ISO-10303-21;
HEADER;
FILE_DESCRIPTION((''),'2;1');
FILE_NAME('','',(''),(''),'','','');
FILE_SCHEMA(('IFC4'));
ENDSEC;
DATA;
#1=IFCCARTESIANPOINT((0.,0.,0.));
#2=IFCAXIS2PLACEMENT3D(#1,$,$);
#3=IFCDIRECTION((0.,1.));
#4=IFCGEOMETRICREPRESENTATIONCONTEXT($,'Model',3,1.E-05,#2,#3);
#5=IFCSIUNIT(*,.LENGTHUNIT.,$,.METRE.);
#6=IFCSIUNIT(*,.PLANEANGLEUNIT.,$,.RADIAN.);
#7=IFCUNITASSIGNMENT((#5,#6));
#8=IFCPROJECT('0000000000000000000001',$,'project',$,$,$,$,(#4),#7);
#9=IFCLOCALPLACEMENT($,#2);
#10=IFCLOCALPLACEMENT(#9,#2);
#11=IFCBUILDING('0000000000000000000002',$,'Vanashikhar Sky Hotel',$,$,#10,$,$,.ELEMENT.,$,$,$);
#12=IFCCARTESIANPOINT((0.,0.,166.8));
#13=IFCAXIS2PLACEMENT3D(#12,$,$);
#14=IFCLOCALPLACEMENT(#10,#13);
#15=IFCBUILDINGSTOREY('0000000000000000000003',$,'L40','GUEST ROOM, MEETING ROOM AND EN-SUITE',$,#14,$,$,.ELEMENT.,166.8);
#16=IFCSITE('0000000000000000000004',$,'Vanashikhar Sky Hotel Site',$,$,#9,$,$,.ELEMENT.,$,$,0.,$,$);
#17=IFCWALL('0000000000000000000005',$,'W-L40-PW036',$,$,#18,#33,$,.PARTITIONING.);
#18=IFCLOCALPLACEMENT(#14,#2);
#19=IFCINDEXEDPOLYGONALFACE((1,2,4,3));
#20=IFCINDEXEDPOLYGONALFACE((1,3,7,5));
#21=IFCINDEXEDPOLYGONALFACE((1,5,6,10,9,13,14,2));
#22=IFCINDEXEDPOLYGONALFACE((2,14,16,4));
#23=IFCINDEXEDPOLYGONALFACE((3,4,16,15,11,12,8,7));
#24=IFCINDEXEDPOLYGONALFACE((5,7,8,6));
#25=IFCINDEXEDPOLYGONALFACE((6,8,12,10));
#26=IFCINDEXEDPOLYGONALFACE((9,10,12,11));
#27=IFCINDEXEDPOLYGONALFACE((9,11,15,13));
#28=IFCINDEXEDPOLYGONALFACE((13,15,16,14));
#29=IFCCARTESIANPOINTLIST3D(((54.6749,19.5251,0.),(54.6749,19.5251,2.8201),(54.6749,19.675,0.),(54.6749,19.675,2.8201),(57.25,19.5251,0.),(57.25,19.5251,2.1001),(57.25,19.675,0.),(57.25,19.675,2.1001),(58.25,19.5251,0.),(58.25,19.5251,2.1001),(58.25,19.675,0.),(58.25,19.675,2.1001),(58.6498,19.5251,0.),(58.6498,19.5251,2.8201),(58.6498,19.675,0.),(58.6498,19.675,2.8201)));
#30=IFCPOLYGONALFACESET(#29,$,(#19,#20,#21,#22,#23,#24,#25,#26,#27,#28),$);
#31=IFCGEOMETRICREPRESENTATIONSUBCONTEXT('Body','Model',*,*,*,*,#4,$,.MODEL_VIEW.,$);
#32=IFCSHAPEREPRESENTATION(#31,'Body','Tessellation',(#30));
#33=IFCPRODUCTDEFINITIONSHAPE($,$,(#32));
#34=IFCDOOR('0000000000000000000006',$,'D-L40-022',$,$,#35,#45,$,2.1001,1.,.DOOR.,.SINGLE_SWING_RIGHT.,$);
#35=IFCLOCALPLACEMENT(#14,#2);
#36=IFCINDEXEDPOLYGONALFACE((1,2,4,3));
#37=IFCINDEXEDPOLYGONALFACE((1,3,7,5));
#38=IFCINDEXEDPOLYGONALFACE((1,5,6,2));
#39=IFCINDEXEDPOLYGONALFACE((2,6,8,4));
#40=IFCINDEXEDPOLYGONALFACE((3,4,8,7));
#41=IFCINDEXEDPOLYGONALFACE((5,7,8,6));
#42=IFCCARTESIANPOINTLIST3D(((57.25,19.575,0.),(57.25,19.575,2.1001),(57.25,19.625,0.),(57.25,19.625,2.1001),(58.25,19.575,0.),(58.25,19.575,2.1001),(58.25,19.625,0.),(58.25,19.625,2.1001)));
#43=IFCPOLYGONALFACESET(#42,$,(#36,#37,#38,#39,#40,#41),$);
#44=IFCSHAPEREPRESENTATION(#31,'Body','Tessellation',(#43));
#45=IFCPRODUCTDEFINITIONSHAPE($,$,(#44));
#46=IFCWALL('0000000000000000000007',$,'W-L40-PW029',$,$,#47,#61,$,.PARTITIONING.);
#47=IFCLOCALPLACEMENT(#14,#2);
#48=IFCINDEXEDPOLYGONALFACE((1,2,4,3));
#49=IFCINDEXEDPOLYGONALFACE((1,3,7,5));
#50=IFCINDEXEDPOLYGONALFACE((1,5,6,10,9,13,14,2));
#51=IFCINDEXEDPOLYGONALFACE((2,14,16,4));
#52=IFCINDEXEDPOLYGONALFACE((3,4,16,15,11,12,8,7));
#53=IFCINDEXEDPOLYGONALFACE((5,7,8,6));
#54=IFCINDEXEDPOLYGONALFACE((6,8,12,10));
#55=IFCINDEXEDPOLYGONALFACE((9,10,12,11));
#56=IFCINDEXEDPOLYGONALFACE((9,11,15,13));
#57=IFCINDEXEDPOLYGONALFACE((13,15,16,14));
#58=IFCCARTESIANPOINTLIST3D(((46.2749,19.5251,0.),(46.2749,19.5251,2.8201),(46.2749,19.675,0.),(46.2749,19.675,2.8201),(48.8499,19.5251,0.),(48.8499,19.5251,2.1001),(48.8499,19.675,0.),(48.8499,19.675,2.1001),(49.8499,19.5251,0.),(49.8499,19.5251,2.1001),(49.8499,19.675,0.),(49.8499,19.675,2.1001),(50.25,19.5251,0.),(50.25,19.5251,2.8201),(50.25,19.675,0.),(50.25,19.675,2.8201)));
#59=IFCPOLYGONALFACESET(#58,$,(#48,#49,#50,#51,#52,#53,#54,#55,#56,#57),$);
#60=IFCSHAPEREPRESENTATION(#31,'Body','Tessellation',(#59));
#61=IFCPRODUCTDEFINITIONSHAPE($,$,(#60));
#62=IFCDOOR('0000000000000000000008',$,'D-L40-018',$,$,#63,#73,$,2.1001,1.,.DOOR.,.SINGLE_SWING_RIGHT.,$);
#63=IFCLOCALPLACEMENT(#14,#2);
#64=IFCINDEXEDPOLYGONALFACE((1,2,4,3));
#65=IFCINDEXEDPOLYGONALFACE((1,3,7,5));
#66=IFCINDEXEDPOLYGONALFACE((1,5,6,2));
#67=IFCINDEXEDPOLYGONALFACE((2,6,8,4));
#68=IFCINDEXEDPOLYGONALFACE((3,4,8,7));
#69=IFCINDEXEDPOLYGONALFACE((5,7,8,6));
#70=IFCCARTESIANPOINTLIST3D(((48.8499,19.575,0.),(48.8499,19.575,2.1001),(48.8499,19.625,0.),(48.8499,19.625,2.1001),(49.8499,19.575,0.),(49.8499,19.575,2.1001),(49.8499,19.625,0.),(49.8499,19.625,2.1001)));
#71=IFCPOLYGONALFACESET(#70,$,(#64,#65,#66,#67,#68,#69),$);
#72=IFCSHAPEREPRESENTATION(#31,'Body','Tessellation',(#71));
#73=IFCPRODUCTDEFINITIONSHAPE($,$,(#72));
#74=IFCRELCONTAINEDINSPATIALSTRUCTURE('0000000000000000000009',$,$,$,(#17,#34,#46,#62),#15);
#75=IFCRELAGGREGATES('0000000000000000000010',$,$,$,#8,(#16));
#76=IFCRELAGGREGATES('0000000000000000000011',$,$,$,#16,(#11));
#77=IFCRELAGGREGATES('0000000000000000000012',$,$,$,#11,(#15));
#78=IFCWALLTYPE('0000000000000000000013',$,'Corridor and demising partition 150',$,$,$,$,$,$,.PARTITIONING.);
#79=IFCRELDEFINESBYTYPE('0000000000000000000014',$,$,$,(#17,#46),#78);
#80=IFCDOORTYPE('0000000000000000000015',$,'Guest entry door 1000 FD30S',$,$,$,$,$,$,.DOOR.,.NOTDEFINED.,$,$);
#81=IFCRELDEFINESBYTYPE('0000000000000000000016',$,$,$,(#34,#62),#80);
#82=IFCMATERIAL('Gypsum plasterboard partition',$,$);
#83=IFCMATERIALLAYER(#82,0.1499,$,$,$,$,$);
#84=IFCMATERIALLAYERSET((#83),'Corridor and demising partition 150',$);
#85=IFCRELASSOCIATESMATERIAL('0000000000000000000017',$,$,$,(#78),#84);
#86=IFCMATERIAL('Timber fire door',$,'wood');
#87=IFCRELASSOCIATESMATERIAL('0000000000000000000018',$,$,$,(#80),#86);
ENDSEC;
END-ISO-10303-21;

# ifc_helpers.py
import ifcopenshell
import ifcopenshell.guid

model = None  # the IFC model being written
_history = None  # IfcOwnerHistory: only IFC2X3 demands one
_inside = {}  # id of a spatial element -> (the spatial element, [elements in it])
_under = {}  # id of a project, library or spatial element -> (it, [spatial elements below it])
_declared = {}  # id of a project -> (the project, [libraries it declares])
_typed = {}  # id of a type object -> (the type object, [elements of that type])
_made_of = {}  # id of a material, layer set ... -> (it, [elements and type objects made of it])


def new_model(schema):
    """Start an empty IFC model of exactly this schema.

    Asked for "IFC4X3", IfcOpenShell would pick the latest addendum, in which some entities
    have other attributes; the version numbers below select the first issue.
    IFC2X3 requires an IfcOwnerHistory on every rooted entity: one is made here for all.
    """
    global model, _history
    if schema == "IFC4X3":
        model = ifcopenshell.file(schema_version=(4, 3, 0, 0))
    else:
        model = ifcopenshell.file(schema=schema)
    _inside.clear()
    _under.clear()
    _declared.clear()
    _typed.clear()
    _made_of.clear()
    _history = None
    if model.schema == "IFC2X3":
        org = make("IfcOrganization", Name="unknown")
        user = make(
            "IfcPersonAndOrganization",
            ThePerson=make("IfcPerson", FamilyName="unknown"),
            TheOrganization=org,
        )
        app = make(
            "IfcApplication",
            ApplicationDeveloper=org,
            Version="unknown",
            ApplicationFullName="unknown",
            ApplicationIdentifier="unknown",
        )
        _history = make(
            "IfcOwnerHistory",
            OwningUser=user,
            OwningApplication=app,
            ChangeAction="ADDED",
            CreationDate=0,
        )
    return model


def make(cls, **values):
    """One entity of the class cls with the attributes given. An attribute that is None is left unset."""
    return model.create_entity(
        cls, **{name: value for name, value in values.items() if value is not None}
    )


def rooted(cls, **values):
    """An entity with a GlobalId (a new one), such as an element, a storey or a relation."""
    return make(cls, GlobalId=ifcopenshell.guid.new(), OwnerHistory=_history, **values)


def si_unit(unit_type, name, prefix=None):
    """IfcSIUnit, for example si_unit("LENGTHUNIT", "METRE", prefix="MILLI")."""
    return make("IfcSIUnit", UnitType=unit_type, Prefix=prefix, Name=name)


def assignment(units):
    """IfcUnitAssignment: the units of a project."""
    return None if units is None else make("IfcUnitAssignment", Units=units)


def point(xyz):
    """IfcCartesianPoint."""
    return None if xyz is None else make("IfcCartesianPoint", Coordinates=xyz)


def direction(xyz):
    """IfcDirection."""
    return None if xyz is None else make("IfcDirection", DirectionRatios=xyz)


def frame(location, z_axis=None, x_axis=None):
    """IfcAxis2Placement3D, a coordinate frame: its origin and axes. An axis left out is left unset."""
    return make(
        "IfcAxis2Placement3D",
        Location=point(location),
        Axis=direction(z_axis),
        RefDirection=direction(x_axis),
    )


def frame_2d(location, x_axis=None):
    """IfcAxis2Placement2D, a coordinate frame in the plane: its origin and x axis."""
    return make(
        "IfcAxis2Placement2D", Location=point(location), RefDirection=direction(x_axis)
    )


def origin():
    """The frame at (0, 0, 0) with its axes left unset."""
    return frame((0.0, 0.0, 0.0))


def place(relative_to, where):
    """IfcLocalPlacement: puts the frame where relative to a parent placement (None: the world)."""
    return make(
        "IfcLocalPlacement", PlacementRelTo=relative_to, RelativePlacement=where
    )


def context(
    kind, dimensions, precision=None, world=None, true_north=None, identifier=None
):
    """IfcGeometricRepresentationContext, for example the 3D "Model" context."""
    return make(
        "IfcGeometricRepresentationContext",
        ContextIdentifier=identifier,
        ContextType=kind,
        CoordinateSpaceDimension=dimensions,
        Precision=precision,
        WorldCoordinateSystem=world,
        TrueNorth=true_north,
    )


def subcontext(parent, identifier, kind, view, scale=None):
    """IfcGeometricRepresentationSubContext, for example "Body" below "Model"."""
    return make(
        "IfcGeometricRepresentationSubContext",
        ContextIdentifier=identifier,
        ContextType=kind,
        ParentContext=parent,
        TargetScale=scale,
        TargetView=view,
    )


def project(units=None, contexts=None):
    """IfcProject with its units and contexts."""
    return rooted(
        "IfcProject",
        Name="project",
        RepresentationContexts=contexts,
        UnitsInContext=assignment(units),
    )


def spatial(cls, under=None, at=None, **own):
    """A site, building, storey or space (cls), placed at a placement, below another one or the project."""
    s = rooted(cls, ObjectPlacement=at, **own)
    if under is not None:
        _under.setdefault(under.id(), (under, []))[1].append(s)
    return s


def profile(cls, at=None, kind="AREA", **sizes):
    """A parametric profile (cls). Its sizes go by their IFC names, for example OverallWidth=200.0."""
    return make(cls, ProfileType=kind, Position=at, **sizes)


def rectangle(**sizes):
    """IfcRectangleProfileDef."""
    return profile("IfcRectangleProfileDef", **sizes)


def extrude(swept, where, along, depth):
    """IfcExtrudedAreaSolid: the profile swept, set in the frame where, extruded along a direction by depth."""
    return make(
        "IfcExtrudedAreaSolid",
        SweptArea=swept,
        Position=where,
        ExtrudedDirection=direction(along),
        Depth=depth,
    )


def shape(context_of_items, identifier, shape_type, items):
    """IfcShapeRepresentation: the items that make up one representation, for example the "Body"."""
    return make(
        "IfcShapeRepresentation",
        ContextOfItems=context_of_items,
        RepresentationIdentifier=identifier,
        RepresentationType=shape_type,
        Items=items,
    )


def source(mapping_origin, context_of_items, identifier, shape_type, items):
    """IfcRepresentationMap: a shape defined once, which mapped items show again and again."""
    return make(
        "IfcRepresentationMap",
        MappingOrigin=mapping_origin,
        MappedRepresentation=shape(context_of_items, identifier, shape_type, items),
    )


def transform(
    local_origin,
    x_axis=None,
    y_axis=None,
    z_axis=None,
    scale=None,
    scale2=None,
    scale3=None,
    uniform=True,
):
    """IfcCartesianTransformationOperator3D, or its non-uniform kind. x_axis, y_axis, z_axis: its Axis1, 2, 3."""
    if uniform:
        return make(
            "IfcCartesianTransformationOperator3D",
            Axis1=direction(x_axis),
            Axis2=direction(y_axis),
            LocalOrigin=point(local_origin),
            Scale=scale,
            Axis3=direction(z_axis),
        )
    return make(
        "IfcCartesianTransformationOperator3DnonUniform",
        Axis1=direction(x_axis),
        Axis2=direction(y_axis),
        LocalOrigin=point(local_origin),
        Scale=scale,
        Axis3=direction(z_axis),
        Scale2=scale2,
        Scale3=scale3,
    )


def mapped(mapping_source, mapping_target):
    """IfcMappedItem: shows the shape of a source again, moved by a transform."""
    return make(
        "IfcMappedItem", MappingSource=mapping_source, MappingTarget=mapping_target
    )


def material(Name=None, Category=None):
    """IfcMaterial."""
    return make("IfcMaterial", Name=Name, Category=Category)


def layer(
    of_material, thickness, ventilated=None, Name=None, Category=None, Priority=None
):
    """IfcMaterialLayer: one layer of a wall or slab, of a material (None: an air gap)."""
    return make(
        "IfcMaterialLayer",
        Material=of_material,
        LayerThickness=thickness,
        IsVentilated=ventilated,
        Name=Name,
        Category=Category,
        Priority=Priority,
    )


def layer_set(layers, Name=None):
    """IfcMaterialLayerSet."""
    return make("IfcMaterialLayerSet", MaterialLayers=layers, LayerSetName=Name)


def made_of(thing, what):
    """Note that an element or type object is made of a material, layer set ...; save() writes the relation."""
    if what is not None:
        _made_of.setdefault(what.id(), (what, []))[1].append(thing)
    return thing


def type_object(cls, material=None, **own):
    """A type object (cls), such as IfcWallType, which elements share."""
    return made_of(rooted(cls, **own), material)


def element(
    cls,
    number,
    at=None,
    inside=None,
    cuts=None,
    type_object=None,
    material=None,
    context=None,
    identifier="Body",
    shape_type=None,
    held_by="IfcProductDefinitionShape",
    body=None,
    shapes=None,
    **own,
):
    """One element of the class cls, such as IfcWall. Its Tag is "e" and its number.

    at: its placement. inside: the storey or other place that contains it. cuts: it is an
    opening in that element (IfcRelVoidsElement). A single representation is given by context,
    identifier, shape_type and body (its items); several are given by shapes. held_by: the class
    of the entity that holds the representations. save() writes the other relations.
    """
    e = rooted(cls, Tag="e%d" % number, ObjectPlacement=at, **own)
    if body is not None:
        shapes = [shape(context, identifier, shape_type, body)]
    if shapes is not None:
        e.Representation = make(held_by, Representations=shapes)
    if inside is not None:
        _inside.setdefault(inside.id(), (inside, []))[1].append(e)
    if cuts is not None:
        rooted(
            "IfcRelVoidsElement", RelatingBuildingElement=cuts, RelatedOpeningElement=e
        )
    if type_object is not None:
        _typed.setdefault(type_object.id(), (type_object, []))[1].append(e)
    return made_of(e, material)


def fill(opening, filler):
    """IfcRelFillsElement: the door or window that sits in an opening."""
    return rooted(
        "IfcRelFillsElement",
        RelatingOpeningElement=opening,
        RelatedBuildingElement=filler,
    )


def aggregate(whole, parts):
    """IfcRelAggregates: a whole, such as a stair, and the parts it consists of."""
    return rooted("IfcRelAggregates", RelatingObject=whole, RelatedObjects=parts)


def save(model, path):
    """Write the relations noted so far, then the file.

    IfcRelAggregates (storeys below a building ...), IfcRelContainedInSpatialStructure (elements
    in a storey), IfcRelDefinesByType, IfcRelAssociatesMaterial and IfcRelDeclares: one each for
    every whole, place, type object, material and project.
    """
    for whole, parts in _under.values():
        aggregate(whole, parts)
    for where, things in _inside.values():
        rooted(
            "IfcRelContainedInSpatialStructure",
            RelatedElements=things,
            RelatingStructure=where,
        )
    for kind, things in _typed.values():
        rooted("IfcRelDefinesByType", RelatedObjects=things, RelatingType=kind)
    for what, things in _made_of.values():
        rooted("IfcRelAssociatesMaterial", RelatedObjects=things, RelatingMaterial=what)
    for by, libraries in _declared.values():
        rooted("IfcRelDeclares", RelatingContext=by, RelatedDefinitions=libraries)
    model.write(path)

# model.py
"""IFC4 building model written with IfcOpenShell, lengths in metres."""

from ifc_helpers import new_model, si_unit, direction, frame, frame_2d, origin, place, context, subcontext, project, spatial, rectangle, extrude, source, transform, mapped, material, layer, layer_set, type_object, element, fill, save


model = new_model("IFC4")

# Units and contexts
model_context = context("Model", 3, precision=1e-05, world=origin(), true_north=direction((0.0, 1.0)))
body_context = subcontext(model_context, "Body", "Model", "MODEL_VIEW")
ifc_project = project(units=[si_unit("LENGTHUNIT", "METRE"), si_unit("PLANEANGLEUNIT", "RADIAN")], contexts=[model_context])

# Site, building, storey
site_placement = place(None, origin())
site = spatial("IfcSite", under=ifc_project, at=site_placement, Name="Vanashikhar Sky Hotel Site", CompositionType="ELEMENT", RefElevation=0.0)
building_placement = place(site_placement, origin())
building = spatial("IfcBuilding", under=site, at=building_placement, Name="Vanashikhar Sky Hotel", CompositionType="ELEMENT")
storey_placement = place(building_placement, frame((0.0, 0.0, 166.8)))
storey = spatial("IfcBuildingStorey", under=building, at=storey_placement, Name="L40", Description="GUEST ROOM, MEETING ROOM AND EN-SUITE", CompositionType="ELEMENT", Elevation=166.8)

# Shared definitions
shared_shape_1 = source(origin(), body_context, "Body", "SweptSolid", [
    extrude(rectangle(XDim=1.0, YDim=2.1001, at=frame_2d((0.5, 1.05))), frame((0.0, 0.0249, 0.0), z_axis=(0.0, -1.0, 0.0), x_axis=(1.0, 0.0, 0.0)), (0.0, 0.0, 1.0), 0.05),
])

# Walls, openings, doors
ifc_material_1 = material(Name="Gypsum plasterboard partition")
ifc_layer_1 = layer(ifc_material_1, 0.1499)
ifc_layer_set_1 = layer_set([ifc_layer_1], Name="Corridor and demising partition 150")
wall_type_1 = type_object("IfcWallType", Name="Corridor and demising partition 150", PredefinedType="PARTITIONING", material=ifc_layer_set_1)
shared_shape_2 = source(origin(), body_context, "Body", "SweptSolid", [
    extrude(rectangle(XDim=3.9749, YDim=0.1499, at=frame_2d((1.9873, 0.0))), origin(), (0.0, 0.0, 1.0), 2.8201),
])
shared_shape_3 = source(origin(), body_context, "Body", "SweptSolid", [
    extrude(rectangle(XDim=1.0, YDim=2.1001, at=frame_2d((0.5, 1.05))), frame((0.0, 0.085, 0.0), z_axis=(0.0, -1.0, 0.0), x_axis=(1.0, 0.0, 0.0)), (0.0, 0.0, 1.0), 0.1699),
])
ifc_material_2 = material(Name="Timber fire door", Category="wood")
door_type_1 = type_object("IfcDoorType", Name="Guest entry door 1000 FD30S", OperationType="NOTDEFINED", PredefinedType="DOOR", material=ifc_material_2)
wall_1_placement = place(storey_placement, frame((54.675, 19.6001, 0.0), z_axis=(0.0, 0.0, 1.0), x_axis=(1.0, 0.0, 0.0)))
wall_1 = element("IfcWall", 1, at=wall_1_placement, inside=storey, type_object=wall_type_1, Name="W-L40-PW036", PredefinedType="PARTITIONING", context=body_context, shape_type="MappedRepresentation", body=[
    mapped(shared_shape_2, transform((0.0, 0.0, 0.0), scale=1.0)),
])
opening_1_placement = place(wall_1_placement, frame((2.575, 0.0, 0.0)))
opening_1 = element("IfcOpeningElement", 2, at=opening_1_placement, cuts=wall_1, PredefinedType="OPENING", context=body_context, shape_type="MappedRepresentation", body=[
    mapped(shared_shape_3, transform((0.0, 0.0, 0.0), scale=1.0)),
])
door_1_placement = place(opening_1_placement, origin())
door_1 = element("IfcDoor", 3, at=door_1_placement, inside=storey, type_object=door_type_1, Name="D-L40-022", OperationType="SINGLE_SWING_RIGHT", OverallHeight=2.1001, OverallWidth=1.0, PredefinedType="DOOR", context=body_context, shape_type="MappedRepresentation", body=[
    mapped(shared_shape_1, transform((0.0, 0.0, 0.0), scale=1.0)),
])
fill(opening_1, door_1)
shared_shape_4 = source(origin(), body_context, "Body", "SweptSolid", [
    extrude(rectangle(XDim=3.9751, YDim=0.1499, at=frame_2d((1.9875, 0.0))), origin(), (0.0, 0.0, 1.0), 2.8201),
])
wall_2_placement = place(storey_placement, frame((46.2749, 19.6001, 0.0), z_axis=(0.0, 0.0, 1.0), x_axis=(1.0, 0.0, 0.0)))
wall_2 = element("IfcWall", 4, at=wall_2_placement, inside=storey, type_object=wall_type_1, Name="W-L40-PW029", PredefinedType="PARTITIONING", context=body_context, shape_type="MappedRepresentation", body=[
    mapped(shared_shape_4, transform((0.0, 0.0, 0.0), scale=1.0)),
])
opening_2_placement = place(wall_2_placement, frame((2.575, 0.0, 0.0)))
opening_2 = element("IfcOpeningElement", 5, at=opening_2_placement, cuts=wall_2, PredefinedType="OPENING", context=body_context, shape_type="MappedRepresentation", body=[
    mapped(shared_shape_3, transform((0.0, 0.0, 0.0), scale=1.0)),
])
door_2_placement = place(opening_2_placement, origin())
door_2 = element("IfcDoor", 6, at=door_2_placement, inside=storey, type_object=door_type_1, Name="D-L40-018", OperationType="SINGLE_SWING_RIGHT", OverallHeight=2.1001, OverallWidth=1.0, PredefinedType="DOOR", context=body_context, shape_type="MappedRepresentation", body=[
    mapped(shared_shape_1, transform((0.0, 0.0, 0.0), scale=1.0)),
])
fill(opening_2, door_2)

save(model, "model.ifc")
